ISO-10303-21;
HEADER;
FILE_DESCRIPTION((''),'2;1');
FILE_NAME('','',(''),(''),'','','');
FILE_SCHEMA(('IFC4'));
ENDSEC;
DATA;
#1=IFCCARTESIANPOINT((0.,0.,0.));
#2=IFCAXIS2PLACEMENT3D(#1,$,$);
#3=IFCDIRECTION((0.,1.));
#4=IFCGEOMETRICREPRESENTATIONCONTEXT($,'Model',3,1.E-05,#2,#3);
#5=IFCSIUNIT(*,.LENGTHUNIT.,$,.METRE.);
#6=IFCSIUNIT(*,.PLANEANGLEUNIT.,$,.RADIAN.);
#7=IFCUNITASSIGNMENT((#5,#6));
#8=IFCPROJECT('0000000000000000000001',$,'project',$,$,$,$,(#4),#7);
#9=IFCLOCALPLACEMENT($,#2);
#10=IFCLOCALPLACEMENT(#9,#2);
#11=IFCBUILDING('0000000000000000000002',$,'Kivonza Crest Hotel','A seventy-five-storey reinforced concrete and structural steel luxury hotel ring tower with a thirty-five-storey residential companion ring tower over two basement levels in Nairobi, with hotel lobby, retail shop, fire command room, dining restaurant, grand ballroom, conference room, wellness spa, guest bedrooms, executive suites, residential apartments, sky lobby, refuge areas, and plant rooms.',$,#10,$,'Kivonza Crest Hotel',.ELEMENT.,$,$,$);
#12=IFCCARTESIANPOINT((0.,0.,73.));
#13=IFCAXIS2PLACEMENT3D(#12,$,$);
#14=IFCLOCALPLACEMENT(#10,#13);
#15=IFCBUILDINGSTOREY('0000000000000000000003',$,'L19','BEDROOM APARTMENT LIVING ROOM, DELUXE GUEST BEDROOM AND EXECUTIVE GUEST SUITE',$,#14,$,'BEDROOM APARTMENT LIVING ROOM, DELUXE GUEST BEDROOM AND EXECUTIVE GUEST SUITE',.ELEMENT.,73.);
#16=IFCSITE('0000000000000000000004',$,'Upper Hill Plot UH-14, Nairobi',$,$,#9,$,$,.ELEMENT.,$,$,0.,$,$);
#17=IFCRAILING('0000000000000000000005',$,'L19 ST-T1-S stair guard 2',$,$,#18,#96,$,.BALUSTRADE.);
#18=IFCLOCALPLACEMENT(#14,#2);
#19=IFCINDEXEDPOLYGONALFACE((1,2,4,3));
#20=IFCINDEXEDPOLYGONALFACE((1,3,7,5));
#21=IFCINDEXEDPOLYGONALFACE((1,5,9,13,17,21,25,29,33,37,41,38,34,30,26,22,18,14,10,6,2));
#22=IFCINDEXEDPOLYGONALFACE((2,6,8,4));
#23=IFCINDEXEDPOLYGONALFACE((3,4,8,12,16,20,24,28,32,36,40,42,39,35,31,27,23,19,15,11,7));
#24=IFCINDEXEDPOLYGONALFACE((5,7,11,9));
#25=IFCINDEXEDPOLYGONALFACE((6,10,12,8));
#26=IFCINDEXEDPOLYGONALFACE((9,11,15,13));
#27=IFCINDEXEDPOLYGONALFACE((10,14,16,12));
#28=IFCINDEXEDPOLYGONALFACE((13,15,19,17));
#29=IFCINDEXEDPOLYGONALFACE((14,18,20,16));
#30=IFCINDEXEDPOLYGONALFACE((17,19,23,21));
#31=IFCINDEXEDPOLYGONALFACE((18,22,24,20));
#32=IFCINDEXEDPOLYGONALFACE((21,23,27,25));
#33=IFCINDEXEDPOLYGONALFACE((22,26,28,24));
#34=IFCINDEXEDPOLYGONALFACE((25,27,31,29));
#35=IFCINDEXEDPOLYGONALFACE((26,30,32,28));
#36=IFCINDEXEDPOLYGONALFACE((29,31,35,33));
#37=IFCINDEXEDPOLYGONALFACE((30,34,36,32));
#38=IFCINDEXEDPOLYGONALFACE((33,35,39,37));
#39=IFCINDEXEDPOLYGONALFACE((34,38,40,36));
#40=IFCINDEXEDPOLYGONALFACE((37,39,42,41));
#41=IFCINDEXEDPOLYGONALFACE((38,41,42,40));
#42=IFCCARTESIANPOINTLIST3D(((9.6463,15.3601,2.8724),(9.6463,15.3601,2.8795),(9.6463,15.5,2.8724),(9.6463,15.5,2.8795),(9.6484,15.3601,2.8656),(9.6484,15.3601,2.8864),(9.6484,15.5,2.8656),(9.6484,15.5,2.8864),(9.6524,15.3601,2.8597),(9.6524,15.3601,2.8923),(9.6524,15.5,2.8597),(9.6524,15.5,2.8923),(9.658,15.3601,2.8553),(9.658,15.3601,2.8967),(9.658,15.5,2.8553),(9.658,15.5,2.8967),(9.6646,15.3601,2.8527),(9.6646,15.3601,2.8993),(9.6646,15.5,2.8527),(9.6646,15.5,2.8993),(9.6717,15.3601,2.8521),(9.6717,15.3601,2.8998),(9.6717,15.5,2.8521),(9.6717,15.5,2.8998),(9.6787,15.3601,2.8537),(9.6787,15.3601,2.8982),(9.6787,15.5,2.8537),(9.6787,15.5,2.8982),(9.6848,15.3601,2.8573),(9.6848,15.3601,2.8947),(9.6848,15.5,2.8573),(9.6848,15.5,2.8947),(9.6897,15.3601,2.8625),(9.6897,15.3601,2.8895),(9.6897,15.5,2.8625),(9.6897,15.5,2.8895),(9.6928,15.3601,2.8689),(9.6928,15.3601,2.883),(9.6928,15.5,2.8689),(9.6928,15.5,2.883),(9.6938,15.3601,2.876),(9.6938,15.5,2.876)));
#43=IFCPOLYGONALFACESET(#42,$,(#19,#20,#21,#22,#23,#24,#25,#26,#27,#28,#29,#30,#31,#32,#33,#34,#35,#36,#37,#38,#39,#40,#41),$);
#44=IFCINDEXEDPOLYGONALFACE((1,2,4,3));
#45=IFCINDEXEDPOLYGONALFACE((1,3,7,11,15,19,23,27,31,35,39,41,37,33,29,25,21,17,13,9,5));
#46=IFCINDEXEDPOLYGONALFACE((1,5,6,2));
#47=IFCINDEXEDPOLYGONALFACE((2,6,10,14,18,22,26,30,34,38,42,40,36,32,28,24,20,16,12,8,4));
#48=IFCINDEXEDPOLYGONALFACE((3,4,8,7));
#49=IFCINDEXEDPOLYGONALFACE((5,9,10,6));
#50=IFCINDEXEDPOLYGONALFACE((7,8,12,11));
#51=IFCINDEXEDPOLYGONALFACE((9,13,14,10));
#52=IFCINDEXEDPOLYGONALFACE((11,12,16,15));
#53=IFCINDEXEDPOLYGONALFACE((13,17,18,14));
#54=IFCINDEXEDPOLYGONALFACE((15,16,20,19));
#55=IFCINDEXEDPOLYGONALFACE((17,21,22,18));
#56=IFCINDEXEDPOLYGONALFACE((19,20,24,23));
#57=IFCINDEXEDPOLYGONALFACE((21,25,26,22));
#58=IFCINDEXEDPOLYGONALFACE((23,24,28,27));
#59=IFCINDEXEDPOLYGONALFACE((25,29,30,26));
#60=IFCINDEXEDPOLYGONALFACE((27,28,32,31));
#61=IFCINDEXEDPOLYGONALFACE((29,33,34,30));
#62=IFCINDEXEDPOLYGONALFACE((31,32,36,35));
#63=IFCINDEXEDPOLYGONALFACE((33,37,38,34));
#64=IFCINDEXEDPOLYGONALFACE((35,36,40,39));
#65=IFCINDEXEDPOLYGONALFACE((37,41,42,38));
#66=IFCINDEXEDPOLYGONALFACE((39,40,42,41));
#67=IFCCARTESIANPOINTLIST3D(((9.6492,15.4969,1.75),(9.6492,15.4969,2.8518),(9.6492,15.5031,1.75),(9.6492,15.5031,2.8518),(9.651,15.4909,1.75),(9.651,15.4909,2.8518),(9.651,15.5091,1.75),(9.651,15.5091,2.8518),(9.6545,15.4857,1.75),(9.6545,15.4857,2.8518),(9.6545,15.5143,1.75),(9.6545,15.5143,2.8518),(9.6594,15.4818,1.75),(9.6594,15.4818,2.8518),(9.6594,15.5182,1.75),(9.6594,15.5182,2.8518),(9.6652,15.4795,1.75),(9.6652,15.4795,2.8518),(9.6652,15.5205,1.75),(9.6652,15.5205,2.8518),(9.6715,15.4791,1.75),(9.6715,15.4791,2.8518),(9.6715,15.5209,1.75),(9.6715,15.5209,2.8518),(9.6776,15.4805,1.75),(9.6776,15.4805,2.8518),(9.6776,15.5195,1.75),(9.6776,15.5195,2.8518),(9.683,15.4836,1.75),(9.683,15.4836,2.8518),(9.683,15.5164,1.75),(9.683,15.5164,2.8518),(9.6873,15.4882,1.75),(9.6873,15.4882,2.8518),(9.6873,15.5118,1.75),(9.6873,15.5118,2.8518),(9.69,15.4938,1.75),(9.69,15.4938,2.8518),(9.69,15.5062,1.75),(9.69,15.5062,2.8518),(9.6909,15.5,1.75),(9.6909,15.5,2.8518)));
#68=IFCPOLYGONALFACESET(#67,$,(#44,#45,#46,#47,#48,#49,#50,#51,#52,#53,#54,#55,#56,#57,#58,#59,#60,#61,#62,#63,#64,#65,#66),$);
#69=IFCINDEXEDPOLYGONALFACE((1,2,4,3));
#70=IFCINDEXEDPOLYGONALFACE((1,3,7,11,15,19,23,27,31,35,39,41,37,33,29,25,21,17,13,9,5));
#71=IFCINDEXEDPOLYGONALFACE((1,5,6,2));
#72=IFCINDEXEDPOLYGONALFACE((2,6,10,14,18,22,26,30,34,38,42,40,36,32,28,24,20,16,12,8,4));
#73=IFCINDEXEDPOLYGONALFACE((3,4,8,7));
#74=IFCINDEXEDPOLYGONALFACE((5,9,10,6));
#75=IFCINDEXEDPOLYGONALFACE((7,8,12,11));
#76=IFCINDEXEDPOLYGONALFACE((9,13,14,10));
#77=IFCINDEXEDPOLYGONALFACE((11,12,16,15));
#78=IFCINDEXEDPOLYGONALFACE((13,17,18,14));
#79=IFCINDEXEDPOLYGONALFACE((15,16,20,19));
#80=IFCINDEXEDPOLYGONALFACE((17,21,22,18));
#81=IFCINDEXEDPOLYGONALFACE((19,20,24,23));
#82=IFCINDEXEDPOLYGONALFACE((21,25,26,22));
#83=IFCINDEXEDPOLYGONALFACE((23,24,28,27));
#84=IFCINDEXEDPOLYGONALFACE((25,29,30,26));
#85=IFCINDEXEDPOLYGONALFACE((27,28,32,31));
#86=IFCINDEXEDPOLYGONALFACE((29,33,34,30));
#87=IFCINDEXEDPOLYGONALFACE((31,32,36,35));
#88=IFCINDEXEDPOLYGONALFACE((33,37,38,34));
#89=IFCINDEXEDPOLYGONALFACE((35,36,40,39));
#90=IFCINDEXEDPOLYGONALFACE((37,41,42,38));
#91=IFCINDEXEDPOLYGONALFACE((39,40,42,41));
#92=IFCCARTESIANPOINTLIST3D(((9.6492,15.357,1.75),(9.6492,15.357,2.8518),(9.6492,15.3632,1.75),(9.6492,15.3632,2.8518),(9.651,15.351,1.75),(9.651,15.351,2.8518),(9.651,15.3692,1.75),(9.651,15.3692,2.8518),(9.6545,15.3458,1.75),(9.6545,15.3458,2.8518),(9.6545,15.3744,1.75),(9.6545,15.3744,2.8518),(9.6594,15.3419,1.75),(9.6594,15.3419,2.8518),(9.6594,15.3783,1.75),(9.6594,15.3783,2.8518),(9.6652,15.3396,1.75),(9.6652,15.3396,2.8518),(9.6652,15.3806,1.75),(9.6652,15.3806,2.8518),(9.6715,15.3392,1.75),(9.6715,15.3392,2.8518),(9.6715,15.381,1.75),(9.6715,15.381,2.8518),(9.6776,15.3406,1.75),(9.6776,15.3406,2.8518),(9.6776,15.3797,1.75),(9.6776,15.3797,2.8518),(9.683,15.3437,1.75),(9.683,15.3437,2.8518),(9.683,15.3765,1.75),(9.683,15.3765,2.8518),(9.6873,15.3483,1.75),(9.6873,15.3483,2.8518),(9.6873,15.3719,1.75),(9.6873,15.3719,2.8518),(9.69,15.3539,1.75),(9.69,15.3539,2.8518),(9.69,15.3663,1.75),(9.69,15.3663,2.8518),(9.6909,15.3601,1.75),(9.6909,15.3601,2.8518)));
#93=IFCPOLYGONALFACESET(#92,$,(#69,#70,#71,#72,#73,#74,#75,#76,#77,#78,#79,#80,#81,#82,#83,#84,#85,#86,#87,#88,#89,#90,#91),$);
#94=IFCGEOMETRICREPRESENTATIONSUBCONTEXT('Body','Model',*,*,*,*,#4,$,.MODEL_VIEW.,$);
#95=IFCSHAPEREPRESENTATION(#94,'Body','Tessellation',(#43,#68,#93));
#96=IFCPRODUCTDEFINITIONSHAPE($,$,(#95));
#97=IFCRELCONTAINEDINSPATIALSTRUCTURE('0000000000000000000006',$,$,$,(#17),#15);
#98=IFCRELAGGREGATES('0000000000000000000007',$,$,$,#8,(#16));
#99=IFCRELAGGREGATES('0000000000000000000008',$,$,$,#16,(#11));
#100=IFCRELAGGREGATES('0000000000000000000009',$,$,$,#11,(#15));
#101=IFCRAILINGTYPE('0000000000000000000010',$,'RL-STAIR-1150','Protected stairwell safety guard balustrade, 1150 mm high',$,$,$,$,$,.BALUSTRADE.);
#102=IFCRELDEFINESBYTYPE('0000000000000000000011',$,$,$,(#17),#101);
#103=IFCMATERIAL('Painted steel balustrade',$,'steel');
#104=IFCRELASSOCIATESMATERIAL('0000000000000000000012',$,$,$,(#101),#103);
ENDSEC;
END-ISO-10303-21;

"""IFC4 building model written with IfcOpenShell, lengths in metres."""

from ifc_helpers import new_model, si_unit, direction, frame, origin, origin_2d, place, context, subcontext, project, spatial, circle, extrude, material, type_object, element, save


model = new_model("IFC4")

# Units and contexts
model_context = context("Model", 3, precision=1e-05, world=origin(), true_north=direction((0.0, 1.0)))
body_context = subcontext(model_context, "Body", "Model", "MODEL_VIEW")
ifc_project = project(units=[si_unit("LENGTHUNIT", "METRE"), si_unit("PLANEANGLEUNIT", "RADIAN")], contexts=[model_context])

# Site, building, storey
site_placement = place(None, origin())
site = spatial("IfcSite", under=ifc_project, at=site_placement, Name="Upper Hill Plot UH-14, Nairobi", CompositionType="ELEMENT", RefElevation=0.0)
building_placement = place(site_placement, origin())
building = spatial("IfcBuilding", under=site, at=building_placement, Name="Kivonza Crest Hotel", Description="A seventy-five-storey reinforced concrete and structural steel luxury hotel ring tower with a thirty-five-storey residential companion ring tower over two basement levels in Nairobi, with hotel lobby, retail shop, fire command room, dining restaurant, grand ballroom, conference room, wellness spa, guest bedrooms, executive suites, residential apartments, sky lobby, refuge areas, and plant rooms.", LongName="Kivonza Crest Hotel", CompositionType="ELEMENT")
storey_placement = place(building_placement, frame((0.0, 0.0, 73.0)))
storey = spatial("IfcBuildingStorey", under=building, at=storey_placement, Name="L19", Description="BEDROOM APARTMENT LIVING ROOM, DELUXE GUEST BEDROOM AND EXECUTIVE GUEST SUITE", LongName="BEDROOM APARTMENT LIVING ROOM, DELUXE GUEST BEDROOM AND EXECUTIVE GUEST SUITE", CompositionType="ELEMENT", Elevation=73.0)

# Railing
ifc_material_1 = material(Name="Painted steel balustrade", Category="steel")
railing_type_1 = type_object("IfcRailingType", Name="RL-STAIR-1150", Description="Protected stairwell safety guard balustrade, 1150 mm high", PredefinedType="BALUSTRADE", material=ifc_material_1)
railing_1_placement = place(storey_placement, frame((9.6699, 15.5, 1.75)))
element("IfcRailing", 1, at=railing_1_placement, inside=storey, type_object=railing_type_1, Name="L19 ST-T1-S stair guard 2", PredefinedType="BALUSTRADE", context=body_context, shape_type="SweptSolid", body=[
    extrude(circle(Radius=0.0239, at=origin_2d()), frame((0.0, 0.0, 1.126), z_axis=(0.0, -1.0, 0.0), x_axis=(1.0, 0.0, 0.0)), (0.0, 0.0, 1.0), 0.1399),
    extrude(circle(Radius=0.021, at=origin_2d()), origin(), (0.0, 0.0, 1.0), 1.1018),
    extrude(circle(Radius=0.021, at=origin_2d()), frame((0.0, -0.1399, 0.0)), (0.0, 0.0, 1.0), 1.1018),
])

save(model, "model.ifc")
